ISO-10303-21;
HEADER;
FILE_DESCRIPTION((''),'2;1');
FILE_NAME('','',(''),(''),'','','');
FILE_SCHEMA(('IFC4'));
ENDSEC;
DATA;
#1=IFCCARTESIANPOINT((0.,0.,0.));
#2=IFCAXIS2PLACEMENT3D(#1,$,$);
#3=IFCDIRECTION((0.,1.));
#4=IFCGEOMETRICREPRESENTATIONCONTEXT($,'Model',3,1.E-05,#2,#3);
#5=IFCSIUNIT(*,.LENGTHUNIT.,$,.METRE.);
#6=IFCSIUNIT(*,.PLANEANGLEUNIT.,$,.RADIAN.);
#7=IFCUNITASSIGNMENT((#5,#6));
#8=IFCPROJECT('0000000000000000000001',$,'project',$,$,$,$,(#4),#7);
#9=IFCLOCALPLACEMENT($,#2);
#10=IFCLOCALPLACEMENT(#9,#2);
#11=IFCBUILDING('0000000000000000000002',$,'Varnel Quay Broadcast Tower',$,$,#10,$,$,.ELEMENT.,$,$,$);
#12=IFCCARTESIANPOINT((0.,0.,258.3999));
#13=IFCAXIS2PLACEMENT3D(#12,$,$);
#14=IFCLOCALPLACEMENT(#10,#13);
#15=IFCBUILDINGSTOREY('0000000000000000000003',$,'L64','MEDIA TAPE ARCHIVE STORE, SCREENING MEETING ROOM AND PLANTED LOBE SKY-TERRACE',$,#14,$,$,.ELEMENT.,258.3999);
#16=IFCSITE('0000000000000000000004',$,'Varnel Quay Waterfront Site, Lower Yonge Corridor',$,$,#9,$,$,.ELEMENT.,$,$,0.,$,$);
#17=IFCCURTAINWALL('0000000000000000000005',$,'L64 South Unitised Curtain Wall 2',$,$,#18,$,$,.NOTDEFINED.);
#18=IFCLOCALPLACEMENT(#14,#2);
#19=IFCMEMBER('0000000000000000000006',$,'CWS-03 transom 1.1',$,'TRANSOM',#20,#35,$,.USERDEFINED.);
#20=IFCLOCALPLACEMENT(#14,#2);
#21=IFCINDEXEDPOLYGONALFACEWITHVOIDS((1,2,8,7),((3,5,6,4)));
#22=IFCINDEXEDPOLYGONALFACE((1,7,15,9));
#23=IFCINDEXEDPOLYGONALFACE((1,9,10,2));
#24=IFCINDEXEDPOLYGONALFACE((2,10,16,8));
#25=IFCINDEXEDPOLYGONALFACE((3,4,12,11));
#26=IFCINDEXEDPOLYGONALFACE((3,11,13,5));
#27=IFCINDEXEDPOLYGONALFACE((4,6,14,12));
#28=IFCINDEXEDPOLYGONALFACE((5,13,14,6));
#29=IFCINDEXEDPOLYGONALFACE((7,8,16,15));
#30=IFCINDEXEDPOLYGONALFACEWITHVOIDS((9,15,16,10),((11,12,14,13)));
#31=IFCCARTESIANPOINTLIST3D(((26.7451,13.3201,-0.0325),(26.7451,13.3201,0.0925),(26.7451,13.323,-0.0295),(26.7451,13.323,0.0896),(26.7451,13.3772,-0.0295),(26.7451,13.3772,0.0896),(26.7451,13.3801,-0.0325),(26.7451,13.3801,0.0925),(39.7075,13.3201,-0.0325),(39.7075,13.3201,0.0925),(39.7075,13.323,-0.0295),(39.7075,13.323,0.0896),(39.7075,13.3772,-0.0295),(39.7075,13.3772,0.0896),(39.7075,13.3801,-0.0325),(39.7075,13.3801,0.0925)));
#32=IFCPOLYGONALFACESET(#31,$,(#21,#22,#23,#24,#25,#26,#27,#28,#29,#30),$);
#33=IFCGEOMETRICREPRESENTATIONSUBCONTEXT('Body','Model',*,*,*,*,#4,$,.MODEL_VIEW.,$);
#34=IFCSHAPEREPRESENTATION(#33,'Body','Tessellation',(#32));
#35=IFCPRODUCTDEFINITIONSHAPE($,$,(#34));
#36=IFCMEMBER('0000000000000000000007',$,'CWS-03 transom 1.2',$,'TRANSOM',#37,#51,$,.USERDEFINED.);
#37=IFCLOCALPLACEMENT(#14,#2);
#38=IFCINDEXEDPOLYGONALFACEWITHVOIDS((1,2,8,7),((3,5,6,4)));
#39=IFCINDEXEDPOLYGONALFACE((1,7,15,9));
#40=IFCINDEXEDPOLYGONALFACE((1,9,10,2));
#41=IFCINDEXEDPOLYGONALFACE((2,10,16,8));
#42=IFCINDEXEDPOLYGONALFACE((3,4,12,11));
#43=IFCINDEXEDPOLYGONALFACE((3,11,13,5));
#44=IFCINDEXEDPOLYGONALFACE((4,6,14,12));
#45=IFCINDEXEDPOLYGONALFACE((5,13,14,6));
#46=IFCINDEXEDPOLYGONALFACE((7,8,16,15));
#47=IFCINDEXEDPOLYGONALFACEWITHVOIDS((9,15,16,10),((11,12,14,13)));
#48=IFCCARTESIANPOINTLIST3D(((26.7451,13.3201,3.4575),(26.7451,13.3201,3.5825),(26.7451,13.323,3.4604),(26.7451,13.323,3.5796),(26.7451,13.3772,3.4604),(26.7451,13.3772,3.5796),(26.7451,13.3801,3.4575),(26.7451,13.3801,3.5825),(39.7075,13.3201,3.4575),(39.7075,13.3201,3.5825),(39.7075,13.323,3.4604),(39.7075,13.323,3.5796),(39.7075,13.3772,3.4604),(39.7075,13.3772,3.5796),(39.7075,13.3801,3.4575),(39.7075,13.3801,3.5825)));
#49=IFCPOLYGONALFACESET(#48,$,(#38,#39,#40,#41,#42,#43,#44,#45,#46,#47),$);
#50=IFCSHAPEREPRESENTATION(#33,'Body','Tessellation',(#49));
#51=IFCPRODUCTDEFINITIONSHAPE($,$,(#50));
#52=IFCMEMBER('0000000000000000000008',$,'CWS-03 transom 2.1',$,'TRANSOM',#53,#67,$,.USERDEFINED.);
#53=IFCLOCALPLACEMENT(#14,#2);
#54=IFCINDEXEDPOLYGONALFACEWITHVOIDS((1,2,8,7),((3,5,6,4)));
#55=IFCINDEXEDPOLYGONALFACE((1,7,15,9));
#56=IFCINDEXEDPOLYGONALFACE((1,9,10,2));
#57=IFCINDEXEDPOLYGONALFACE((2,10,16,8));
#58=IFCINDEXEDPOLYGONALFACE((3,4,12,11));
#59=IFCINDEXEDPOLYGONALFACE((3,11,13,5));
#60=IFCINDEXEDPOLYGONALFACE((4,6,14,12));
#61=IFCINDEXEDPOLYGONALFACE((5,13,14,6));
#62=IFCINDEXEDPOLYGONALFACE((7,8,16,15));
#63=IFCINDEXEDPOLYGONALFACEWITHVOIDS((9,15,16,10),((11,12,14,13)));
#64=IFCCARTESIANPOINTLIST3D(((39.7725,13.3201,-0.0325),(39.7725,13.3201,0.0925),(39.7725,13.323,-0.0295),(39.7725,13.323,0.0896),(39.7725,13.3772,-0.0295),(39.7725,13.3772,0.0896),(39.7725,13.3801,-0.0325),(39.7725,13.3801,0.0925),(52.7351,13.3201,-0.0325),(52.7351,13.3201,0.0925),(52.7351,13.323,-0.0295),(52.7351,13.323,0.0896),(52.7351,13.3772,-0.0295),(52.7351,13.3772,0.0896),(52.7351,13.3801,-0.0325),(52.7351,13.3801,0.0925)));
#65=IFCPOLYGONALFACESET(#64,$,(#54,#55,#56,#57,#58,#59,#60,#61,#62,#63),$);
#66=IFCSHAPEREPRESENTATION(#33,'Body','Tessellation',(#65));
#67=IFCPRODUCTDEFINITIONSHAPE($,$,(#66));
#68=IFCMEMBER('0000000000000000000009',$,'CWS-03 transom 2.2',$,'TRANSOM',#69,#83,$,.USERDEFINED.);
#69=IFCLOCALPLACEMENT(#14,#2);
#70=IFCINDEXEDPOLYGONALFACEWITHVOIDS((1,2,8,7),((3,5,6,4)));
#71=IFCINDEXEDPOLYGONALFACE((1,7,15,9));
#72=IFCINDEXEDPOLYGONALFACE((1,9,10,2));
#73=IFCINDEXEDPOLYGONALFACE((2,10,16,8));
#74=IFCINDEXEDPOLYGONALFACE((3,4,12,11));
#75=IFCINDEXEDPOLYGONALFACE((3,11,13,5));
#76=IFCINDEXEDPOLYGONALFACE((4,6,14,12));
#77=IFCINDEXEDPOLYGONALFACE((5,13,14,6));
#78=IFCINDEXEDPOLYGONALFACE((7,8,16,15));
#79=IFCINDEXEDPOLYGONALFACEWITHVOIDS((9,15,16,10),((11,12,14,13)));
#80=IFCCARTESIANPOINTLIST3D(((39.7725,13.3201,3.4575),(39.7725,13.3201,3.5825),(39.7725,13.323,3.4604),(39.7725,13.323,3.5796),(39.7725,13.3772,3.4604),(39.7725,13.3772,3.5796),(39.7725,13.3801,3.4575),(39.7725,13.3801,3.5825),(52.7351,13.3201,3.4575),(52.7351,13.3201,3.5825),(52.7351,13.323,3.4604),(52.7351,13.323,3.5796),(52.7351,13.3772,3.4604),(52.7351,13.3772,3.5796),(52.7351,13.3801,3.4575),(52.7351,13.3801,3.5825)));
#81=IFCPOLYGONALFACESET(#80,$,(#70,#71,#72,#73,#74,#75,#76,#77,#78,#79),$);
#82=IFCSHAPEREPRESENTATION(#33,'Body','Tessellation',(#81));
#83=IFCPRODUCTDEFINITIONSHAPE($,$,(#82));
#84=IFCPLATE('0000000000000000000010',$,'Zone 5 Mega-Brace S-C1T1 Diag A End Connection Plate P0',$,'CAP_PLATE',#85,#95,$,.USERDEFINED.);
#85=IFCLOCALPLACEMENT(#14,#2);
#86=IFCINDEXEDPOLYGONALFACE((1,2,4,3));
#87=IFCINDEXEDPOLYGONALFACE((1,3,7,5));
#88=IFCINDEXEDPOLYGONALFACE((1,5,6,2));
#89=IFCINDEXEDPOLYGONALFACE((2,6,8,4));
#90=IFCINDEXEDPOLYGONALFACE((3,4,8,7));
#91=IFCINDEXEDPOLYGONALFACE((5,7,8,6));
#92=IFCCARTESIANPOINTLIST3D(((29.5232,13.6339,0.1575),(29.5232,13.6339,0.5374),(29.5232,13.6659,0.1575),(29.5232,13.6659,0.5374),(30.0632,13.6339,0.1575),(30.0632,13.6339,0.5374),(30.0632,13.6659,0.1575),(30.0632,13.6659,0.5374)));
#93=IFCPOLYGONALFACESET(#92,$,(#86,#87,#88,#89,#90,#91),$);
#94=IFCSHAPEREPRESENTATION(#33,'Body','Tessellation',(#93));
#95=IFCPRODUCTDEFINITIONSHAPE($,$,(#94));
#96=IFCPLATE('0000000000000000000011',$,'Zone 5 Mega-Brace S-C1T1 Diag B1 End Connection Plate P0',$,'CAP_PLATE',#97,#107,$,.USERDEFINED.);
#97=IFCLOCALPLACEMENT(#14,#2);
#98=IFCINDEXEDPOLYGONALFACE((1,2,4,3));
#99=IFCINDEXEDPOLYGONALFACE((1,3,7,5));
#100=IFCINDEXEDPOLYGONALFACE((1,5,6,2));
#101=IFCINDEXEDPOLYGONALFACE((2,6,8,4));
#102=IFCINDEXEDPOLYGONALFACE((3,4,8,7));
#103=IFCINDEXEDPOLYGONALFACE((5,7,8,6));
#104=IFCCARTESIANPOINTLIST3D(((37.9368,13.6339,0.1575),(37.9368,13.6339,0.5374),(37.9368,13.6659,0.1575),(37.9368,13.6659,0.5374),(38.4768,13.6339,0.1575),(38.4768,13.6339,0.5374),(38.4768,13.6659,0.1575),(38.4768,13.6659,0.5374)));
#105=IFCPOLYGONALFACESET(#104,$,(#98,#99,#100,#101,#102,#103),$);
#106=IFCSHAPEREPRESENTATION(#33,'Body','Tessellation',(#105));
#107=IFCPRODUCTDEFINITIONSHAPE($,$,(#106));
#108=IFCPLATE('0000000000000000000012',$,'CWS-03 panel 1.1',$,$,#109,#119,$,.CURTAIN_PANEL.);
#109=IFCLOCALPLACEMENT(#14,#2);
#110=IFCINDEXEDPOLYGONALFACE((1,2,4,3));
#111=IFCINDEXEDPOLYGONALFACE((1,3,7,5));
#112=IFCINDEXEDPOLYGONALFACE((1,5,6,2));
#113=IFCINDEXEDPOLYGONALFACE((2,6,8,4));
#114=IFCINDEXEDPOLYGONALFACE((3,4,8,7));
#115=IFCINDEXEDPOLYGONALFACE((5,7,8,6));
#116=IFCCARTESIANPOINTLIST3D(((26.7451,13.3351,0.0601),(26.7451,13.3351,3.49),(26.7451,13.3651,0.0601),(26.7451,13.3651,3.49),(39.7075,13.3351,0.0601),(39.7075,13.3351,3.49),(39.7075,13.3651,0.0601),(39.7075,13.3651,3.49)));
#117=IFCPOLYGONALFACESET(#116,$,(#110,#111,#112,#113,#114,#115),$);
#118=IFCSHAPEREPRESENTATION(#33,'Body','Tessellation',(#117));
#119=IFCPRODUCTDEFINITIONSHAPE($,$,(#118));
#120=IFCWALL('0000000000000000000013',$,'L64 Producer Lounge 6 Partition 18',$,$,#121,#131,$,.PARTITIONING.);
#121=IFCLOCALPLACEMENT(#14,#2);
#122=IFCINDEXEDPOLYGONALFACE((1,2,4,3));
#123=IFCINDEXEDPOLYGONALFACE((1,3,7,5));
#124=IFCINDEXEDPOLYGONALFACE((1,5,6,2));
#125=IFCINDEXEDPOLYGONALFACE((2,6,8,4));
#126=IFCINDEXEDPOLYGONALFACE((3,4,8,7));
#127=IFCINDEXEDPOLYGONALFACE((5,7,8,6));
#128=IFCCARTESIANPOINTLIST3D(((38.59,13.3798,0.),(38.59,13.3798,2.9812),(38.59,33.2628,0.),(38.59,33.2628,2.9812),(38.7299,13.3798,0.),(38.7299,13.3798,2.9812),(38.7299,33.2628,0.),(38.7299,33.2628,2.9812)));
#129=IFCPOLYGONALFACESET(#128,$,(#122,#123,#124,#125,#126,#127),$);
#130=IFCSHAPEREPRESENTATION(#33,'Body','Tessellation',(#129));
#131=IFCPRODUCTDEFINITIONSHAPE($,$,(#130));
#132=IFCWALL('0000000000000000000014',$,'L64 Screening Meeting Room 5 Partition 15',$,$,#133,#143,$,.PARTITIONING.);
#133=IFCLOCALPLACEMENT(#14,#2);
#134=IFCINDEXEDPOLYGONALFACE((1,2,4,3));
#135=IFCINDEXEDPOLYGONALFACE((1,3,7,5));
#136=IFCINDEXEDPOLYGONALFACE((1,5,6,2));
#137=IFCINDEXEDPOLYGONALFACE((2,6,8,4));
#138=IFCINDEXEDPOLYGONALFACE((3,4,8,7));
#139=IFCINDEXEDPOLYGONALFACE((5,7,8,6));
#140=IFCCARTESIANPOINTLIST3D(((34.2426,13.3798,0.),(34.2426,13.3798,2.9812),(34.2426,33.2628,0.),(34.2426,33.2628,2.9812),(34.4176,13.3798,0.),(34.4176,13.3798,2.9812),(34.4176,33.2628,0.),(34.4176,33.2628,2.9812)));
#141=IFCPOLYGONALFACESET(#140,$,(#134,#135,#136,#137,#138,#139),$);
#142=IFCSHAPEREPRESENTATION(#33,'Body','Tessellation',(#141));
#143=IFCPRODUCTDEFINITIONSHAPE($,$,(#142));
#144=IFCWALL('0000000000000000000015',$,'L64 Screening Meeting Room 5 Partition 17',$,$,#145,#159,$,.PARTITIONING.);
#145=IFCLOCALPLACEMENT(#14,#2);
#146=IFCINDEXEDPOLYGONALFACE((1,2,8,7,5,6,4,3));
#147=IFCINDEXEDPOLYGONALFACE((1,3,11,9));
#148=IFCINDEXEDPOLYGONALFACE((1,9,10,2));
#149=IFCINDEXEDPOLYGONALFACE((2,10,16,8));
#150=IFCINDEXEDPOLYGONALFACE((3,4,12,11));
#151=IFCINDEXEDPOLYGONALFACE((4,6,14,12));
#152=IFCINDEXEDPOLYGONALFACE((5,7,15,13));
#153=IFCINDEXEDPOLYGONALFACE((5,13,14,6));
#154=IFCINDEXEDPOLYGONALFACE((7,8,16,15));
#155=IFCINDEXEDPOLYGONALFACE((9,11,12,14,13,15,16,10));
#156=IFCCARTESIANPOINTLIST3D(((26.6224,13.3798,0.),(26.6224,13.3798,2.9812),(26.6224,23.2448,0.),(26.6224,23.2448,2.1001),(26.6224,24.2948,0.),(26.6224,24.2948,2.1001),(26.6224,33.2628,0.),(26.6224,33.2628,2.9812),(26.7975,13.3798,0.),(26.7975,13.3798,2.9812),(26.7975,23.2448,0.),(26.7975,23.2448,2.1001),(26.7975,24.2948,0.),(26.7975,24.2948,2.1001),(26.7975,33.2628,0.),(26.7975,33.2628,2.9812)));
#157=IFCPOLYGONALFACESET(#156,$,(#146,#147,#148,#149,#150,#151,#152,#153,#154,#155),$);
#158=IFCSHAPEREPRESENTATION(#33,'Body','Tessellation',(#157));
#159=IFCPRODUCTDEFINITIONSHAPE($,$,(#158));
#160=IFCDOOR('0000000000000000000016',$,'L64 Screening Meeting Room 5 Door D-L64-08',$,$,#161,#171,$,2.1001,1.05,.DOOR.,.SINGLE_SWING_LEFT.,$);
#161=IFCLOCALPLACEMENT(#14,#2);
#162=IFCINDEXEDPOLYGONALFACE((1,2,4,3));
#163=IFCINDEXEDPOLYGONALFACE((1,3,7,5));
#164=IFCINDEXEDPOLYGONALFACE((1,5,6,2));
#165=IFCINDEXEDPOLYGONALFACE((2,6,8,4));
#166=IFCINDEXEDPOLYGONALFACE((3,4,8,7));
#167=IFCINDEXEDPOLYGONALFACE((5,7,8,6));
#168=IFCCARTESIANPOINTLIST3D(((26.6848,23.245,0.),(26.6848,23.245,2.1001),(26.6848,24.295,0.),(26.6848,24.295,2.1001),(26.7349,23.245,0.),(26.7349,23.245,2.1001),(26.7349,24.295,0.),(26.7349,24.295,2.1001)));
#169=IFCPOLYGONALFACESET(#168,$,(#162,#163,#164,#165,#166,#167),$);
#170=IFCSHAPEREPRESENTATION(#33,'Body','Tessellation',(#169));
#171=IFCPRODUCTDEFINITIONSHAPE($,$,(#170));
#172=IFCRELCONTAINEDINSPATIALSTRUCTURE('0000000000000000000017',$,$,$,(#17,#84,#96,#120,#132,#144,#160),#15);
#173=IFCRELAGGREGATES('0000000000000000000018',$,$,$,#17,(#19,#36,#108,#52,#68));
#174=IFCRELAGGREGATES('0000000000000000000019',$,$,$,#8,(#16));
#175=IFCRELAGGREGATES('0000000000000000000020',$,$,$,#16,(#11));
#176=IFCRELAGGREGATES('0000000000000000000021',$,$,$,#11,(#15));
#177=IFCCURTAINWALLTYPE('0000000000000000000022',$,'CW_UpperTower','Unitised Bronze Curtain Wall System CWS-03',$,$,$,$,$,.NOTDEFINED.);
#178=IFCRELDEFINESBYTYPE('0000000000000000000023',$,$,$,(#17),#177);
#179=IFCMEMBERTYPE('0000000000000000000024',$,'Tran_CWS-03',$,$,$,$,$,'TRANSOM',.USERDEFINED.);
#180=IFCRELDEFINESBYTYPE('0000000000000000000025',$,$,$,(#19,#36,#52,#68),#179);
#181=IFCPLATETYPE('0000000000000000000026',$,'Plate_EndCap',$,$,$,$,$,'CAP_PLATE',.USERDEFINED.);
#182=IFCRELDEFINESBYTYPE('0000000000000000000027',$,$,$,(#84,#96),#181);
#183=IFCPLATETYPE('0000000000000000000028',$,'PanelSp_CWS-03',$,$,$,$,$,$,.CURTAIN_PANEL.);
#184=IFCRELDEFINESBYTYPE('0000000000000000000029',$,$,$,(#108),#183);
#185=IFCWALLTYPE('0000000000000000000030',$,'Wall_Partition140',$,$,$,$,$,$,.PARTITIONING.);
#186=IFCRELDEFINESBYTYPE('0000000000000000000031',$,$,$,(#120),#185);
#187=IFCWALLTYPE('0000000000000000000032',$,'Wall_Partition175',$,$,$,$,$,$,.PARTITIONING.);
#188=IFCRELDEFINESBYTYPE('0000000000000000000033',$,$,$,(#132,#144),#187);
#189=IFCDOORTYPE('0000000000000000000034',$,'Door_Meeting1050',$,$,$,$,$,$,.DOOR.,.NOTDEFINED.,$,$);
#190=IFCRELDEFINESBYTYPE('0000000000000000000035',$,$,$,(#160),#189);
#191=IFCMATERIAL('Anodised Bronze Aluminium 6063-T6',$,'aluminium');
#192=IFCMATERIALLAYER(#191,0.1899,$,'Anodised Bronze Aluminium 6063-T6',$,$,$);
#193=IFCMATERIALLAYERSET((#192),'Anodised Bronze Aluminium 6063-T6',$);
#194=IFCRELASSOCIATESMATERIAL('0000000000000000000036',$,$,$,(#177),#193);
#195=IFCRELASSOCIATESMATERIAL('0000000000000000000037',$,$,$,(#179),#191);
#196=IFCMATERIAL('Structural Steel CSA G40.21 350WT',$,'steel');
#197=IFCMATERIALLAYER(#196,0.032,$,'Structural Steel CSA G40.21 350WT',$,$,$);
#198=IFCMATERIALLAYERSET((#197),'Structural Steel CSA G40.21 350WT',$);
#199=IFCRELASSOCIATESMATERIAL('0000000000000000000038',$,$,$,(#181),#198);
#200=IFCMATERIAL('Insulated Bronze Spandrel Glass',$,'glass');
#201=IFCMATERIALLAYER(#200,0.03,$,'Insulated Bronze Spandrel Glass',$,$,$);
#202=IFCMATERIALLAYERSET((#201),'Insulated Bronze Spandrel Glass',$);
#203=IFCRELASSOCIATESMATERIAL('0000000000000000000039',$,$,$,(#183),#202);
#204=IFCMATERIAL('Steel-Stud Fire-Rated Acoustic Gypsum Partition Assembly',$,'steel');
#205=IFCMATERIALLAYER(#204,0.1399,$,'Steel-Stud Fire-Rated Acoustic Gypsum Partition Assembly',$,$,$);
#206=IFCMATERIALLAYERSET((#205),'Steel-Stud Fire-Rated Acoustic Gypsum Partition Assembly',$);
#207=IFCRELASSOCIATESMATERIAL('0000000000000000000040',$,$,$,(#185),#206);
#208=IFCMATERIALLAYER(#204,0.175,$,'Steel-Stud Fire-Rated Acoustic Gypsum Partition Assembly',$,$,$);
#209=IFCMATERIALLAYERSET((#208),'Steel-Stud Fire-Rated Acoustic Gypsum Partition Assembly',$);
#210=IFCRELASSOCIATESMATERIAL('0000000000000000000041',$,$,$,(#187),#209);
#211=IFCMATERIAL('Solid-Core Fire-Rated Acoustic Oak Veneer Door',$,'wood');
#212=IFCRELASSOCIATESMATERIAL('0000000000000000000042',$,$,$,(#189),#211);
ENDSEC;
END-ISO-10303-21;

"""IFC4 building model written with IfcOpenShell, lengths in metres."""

from ifc_helpers import new_model, si_unit, direction, frame, frame_2d, origin, origin_2d, place, context, subcontext, project, spatial, rectangle, hollow_rectangle, extrude, source, transform, mapped, material, layer, layer_set, material_profile, profile_set, type_object, type_shapes, element, fill, aggregate, save


model = new_model("IFC4")

# Units and contexts
model_context = context("Model", 3, precision=1e-05, world=origin(), true_north=direction((0.0, 1.0)))
body_context = subcontext(model_context, "Body", "Model", "MODEL_VIEW")
ifc_project = project(units=[si_unit("LENGTHUNIT", "METRE"), si_unit("PLANEANGLEUNIT", "RADIAN")], contexts=[model_context])

# Site, building, storey
site_placement = place(None, origin())
site = spatial("IfcSite", under=ifc_project, at=site_placement, Name="Varnel Quay Waterfront Site, Lower Yonge Corridor", CompositionType="ELEMENT", RefElevation=0.0)
building_placement = place(site_placement, origin())
building = spatial("IfcBuilding", under=site, at=building_placement, Name="Varnel Quay Broadcast Tower", CompositionType="ELEMENT")
storey_placement = place(building_placement, frame((0.0, 0.0, 258.3999)))
storey = spatial("IfcBuildingStorey", under=building, at=storey_placement, Name="L64", Description="MEDIA TAPE ARCHIVE STORE, SCREENING MEETING ROOM AND PLANTED LOBE SKY-TERRACE", CompositionType="ELEMENT", Elevation=258.3999)

# Curtain wall, members
ifc_material_1 = material(Name="Anodised Bronze Aluminium 6063-T6", Category="aluminium")
ifc_layer_1 = layer(ifc_material_1, 0.1899, Name="Anodised Bronze Aluminium 6063-T6")
ifc_layer_set_1 = layer_set([ifc_layer_1], Name="Anodised Bronze Aluminium 6063-T6")
curtain_wall_type = type_object("IfcCurtainWallType", Name="CW_UpperTower", Description="Unitised Bronze Curtain Wall System CWS-03", PredefinedType="NOTDEFINED", material=ifc_layer_set_1)
curtain_wall_placement = place(storey_placement, origin())
curtain_wall = element("IfcCurtainWall", 1, at=curtain_wall_placement, inside=storey, type_object=curtain_wall_type, Name="L64 South Unitised Curtain Wall 2", PredefinedType="NOTDEFINED")
ifc_material_profile_1 = material_profile(ifc_material_1, hollow_rectangle(XDim=0.0601, YDim=0.125, WallThickness=0.0029, at=origin_2d()), Name="ALU60X125X3")
ifc_profile_set_1 = profile_set([ifc_material_profile_1], Name="Anodised Bronze Aluminium 6063-T6")
member_type_1 = type_object("IfcMemberType", Name="Tran_CWS-03", ElementType="TRANSOM", PredefinedType="USERDEFINED", material=ifc_profile_set_1)
shared_shape_1 = source(origin(), body_context, "Body", "SweptSolid", [
    extrude(hollow_rectangle(XDim=0.0601, YDim=0.125, WallThickness=0.0029, at=origin_2d()), origin(), (0.0, 0.0, 1.0), 12.9624),
])
member_1_placement = place(storey_placement, frame((26.7451, 13.3501, 0.03), z_axis=(1.0, 0.0, 0.0), x_axis=(0.0, 1.0, 0.0)))
member_1 = element("IfcMember", 2, at=member_1_placement, type_object=member_type_1, Name="CWS-03 transom 1.1", ObjectType="TRANSOM", PredefinedType="USERDEFINED", context=body_context, shape_type="MappedRepresentation", body=[
    mapped(shared_shape_1, transform((0.0, 0.0, 0.0), x_axis=(1.0, 0.0, 0.0), y_axis=(0.0, 1.0, 0.0), z_axis=(0.0, 0.0, 1.0), scale=1.0)),
])
member_2_placement = place(storey_placement, frame((26.7451, 13.3501, 3.52), z_axis=(1.0, 0.0, 0.0), x_axis=(0.0, 1.0, 0.0)))
member_2 = element("IfcMember", 3, at=member_2_placement, type_object=member_type_1, Name="CWS-03 transom 1.2", ObjectType="TRANSOM", PredefinedType="USERDEFINED", context=body_context, shape_type="MappedRepresentation", body=[
    mapped(shared_shape_1, transform((0.0, 0.0, 0.0), x_axis=(1.0, 0.0, 0.0), y_axis=(0.0, 1.0, 0.0), z_axis=(0.0, 0.0, 1.0), scale=1.0)),
])
shared_shape_2 = source(origin(), body_context, "Body", "SweptSolid", [
    extrude(hollow_rectangle(XDim=0.0601, YDim=0.125, WallThickness=0.0029, at=origin_2d()), origin(), (0.0, 0.0, 1.0), 12.9626),
])
type_shapes(member_type_1, [shared_shape_1, shared_shape_2])
member_3_placement = place(storey_placement, frame((39.7725, 13.3501, 0.03), z_axis=(1.0, 0.0, 0.0), x_axis=(0.0, 1.0, 0.0)))
member_3 = element("IfcMember", 4, at=member_3_placement, type_object=member_type_1, Name="CWS-03 transom 2.1", ObjectType="TRANSOM", PredefinedType="USERDEFINED", context=body_context, shape_type="MappedRepresentation", body=[
    mapped(shared_shape_2, transform((0.0, 0.0, 0.0), x_axis=(1.0, 0.0, 0.0), y_axis=(0.0, 1.0, 0.0), z_axis=(0.0, 0.0, 1.0), scale=1.0)),
])
member_4_placement = place(storey_placement, frame((39.7725, 13.3501, 3.52), z_axis=(1.0, 0.0, 0.0), x_axis=(0.0, 1.0, 0.0)))
member_4 = element("IfcMember", 5, at=member_4_placement, type_object=member_type_1, Name="CWS-03 transom 2.2", ObjectType="TRANSOM", PredefinedType="USERDEFINED", context=body_context, shape_type="MappedRepresentation", body=[
    mapped(shared_shape_2, transform((0.0, 0.0, 0.0), x_axis=(1.0, 0.0, 0.0), y_axis=(0.0, 1.0, 0.0), z_axis=(0.0, 0.0, 1.0), scale=1.0)),
])

# Plates
ifc_material_2 = material(Name="Structural Steel CSA G40.21 350WT", Category="steel")
ifc_layer_2 = layer(ifc_material_2, 0.032, Name="Structural Steel CSA G40.21 350WT")
ifc_layer_set_2 = layer_set([ifc_layer_2], Name="Structural Steel CSA G40.21 350WT")
plate_type_1 = type_object("IfcPlateType", Name="Plate_EndCap", ElementType="CAP_PLATE", PredefinedType="USERDEFINED", material=ifc_layer_set_2)
shared_shape_3 = source(origin(), body_context, "Body", "SweptSolid", [
    extrude(rectangle(XDim=0.54, YDim=0.032, at=origin_2d()), origin(), (0.0, 0.0, 1.0), 0.3799),
])
type_shapes(plate_type_1, [shared_shape_3])
for number, where, z_axis, x_axis, name in (
    (6, (29.7932, 13.6499, 0.1575), (0.0, 0.0, 1.0), (1.0, 0.0, 0.0), "Zone 5 Mega-Brace S-C1T1 Diag A End Connection Plate P0"),
    (7, (38.2068, 13.6499, 0.1575), (0.0, 0.0, 1.0), (1.0, 0.0, 0.0), "Zone 5 Mega-Brace S-C1T1 Diag B1 End Connection Plate P0"),
):
    element("IfcPlate", number, at=place(storey_placement, frame(where, z_axis=z_axis, x_axis=x_axis)), inside=storey, type_object=plate_type_1, Name=name, ObjectType="CAP_PLATE", PredefinedType="USERDEFINED", context=body_context, shape_type="MappedRepresentation", body=[
        mapped(shared_shape_3, transform((0.0, 0.0, 0.0), x_axis=(1.0, 0.0, 0.0), y_axis=(0.0, 1.0, 0.0), z_axis=(0.0, 0.0, 1.0), scale=1.0)),
    ])

# Plate
ifc_material_3 = material(Name="Insulated Bronze Spandrel Glass", Category="glass")
ifc_layer_3 = layer(ifc_material_3, 0.03, Name="Insulated Bronze Spandrel Glass")
ifc_layer_set_3 = layer_set([ifc_layer_3], Name="Insulated Bronze Spandrel Glass")
plate_type_2 = type_object("IfcPlateType", Name="PanelSp_CWS-03", PredefinedType="CURTAIN_PANEL", material=ifc_layer_set_3)
shared_shape_4 = source(origin(), body_context, "Body", "SweptSolid", [
    extrude(rectangle(XDim=12.9624, YDim=0.03, at=origin_2d()), origin(), (0.0, 0.0, 1.0), 3.4299),
])
type_shapes(plate_type_2, [shared_shape_4])
plate_placement = place(storey_placement, frame((33.2263, 13.3501, 0.0601), z_axis=(0.0, 0.0, 1.0), x_axis=(1.0, 0.0, 0.0)))
plate = element("IfcPlate", 8, at=plate_placement, type_object=plate_type_2, Name="CWS-03 panel 1.1", PredefinedType="CURTAIN_PANEL", context=body_context, shape_type="MappedRepresentation", body=[
    mapped(shared_shape_4, transform((0.0, 0.0, 0.0), x_axis=(1.0, 0.0, 0.0), y_axis=(0.0, 1.0, 0.0), z_axis=(0.0, 0.0, 1.0), scale=1.0)),
])
aggregate(curtain_wall, [member_1, member_2, plate, member_3, member_4])

# Walls
ifc_material_4 = material(Name="Steel-Stud Fire-Rated Acoustic Gypsum Partition Assembly", Category="steel")
ifc_layer_4 = layer(ifc_material_4, 0.1399, Name="Steel-Stud Fire-Rated Acoustic Gypsum Partition Assembly")
ifc_layer_set_4 = layer_set([ifc_layer_4], Name="Steel-Stud Fire-Rated Acoustic Gypsum Partition Assembly")
wall_type_1 = type_object("IfcWallType", Name="Wall_Partition140", PredefinedType="PARTITIONING", material=ifc_layer_set_4)
wall_1_placement = place(storey_placement, frame((38.6599, 13.3799, 0.0), z_axis=(0.0, 0.0, 1.0), x_axis=(0.0, 1.0, 0.0)))
element("IfcWall", 9, at=wall_1_placement, inside=storey, type_object=wall_type_1, Name="L64 Producer Lounge 6 Partition 18", PredefinedType="PARTITIONING", context=body_context, shape_type="SweptSolid", body=[
    extrude(rectangle(XDim=19.8831, YDim=0.1399, at=frame_2d((9.9414, 0.0))), origin(), (0.0, 0.0, 1.0), 2.9812),
])
ifc_layer_5 = layer(ifc_material_4, 0.175, Name="Steel-Stud Fire-Rated Acoustic Gypsum Partition Assembly")
ifc_layer_set_5 = layer_set([ifc_layer_5], Name="Steel-Stud Fire-Rated Acoustic Gypsum Partition Assembly")
wall_type_2 = type_object("IfcWallType", Name="Wall_Partition175", PredefinedType="PARTITIONING", material=ifc_layer_set_5)
wall_2_placement = place(storey_placement, frame((34.3301, 13.3799, 0.0), z_axis=(0.0, 0.0, 1.0), x_axis=(0.0, 1.0, 0.0)))
element("IfcWall", 10, at=wall_2_placement, inside=storey, type_object=wall_type_2, Name="L64 Screening Meeting Room 5 Partition 15", PredefinedType="PARTITIONING", context=body_context, shape_type="SweptSolid", body=[
    extrude(rectangle(XDim=19.8831, YDim=0.175, at=frame_2d((9.9414, 0.0))), origin(), (0.0, 0.0, 1.0), 2.9812),
])

# Wall, opening, door
wall_3_placement = place(storey_placement, frame((26.71, 13.3799, 0.0), z_axis=(0.0, 0.0, 1.0), x_axis=(0.0, 1.0, 0.0)))
wall_3 = element("IfcWall", 11, at=wall_3_placement, inside=storey, type_object=wall_type_2, Name="L64 Screening Meeting Room 5 Partition 17", PredefinedType="PARTITIONING", context=body_context, shape_type="SweptSolid", body=[
    extrude(rectangle(XDim=19.8831, YDim=0.175, at=frame_2d((9.9414, 0.0))), origin(), (0.0, 0.0, 1.0), 2.9812),
])
opening_placement = place(wall_3_placement, frame((9.865, 0.0, 0.0)))
opening = element("IfcOpeningElement", 12, at=opening_placement, cuts=wall_3, PredefinedType="OPENING", context=body_context, shape_type="SweptSolid", body=[
    extrude(rectangle(XDim=1.05, YDim=2.1001, at=frame_2d((0.5249, 1.05))), frame((0.0, 0.0977, 0.0), z_axis=(0.0, -1.0, 0.0), x_axis=(1.0, 0.0, 0.0)), (0.0, 0.0, 1.0), 0.1951),
])
ifc_material_5 = material(Name="Solid-Core Fire-Rated Acoustic Oak Veneer Door", Category="wood")
door_type = type_object("IfcDoorType", Name="Door_Meeting1050", OperationType="NOTDEFINED", PredefinedType="DOOR", material=ifc_material_5)
shared_shape_5 = source(origin(), body_context, "Body", "SweptSolid", [
    extrude(rectangle(XDim=1.05, YDim=2.1001, at=frame_2d((0.5249, 1.05))), frame((0.0, 0.0249, 0.0), z_axis=(0.0, -1.0, 0.0), x_axis=(1.0, 0.0, 0.0)), (0.0, 0.0, 1.0), 0.05),
])
type_shapes(door_type, [shared_shape_5])
door_placement = place(opening_placement, frame((1.05, 0.0, 0.0), z_axis=(0.0, 0.0, 1.0), x_axis=(-1.0, 0.0, 0.0)))
door = element("IfcDoor", 13, at=door_placement, inside=storey, type_object=door_type, Name="L64 Screening Meeting Room 5 Door D-L64-08", OperationType="SINGLE_SWING_LEFT", OverallHeight=2.1001, OverallWidth=1.05, PredefinedType="DOOR", context=body_context, shape_type="MappedRepresentation", body=[
    mapped(shared_shape_5, transform((0.0, 0.0, 0.0), x_axis=(1.0, 0.0, 0.0), y_axis=(0.0, 1.0, 0.0), z_axis=(0.0, 0.0, 1.0), scale=1.0)),
])
fill(opening, door)

save(model, "model.ifc")
